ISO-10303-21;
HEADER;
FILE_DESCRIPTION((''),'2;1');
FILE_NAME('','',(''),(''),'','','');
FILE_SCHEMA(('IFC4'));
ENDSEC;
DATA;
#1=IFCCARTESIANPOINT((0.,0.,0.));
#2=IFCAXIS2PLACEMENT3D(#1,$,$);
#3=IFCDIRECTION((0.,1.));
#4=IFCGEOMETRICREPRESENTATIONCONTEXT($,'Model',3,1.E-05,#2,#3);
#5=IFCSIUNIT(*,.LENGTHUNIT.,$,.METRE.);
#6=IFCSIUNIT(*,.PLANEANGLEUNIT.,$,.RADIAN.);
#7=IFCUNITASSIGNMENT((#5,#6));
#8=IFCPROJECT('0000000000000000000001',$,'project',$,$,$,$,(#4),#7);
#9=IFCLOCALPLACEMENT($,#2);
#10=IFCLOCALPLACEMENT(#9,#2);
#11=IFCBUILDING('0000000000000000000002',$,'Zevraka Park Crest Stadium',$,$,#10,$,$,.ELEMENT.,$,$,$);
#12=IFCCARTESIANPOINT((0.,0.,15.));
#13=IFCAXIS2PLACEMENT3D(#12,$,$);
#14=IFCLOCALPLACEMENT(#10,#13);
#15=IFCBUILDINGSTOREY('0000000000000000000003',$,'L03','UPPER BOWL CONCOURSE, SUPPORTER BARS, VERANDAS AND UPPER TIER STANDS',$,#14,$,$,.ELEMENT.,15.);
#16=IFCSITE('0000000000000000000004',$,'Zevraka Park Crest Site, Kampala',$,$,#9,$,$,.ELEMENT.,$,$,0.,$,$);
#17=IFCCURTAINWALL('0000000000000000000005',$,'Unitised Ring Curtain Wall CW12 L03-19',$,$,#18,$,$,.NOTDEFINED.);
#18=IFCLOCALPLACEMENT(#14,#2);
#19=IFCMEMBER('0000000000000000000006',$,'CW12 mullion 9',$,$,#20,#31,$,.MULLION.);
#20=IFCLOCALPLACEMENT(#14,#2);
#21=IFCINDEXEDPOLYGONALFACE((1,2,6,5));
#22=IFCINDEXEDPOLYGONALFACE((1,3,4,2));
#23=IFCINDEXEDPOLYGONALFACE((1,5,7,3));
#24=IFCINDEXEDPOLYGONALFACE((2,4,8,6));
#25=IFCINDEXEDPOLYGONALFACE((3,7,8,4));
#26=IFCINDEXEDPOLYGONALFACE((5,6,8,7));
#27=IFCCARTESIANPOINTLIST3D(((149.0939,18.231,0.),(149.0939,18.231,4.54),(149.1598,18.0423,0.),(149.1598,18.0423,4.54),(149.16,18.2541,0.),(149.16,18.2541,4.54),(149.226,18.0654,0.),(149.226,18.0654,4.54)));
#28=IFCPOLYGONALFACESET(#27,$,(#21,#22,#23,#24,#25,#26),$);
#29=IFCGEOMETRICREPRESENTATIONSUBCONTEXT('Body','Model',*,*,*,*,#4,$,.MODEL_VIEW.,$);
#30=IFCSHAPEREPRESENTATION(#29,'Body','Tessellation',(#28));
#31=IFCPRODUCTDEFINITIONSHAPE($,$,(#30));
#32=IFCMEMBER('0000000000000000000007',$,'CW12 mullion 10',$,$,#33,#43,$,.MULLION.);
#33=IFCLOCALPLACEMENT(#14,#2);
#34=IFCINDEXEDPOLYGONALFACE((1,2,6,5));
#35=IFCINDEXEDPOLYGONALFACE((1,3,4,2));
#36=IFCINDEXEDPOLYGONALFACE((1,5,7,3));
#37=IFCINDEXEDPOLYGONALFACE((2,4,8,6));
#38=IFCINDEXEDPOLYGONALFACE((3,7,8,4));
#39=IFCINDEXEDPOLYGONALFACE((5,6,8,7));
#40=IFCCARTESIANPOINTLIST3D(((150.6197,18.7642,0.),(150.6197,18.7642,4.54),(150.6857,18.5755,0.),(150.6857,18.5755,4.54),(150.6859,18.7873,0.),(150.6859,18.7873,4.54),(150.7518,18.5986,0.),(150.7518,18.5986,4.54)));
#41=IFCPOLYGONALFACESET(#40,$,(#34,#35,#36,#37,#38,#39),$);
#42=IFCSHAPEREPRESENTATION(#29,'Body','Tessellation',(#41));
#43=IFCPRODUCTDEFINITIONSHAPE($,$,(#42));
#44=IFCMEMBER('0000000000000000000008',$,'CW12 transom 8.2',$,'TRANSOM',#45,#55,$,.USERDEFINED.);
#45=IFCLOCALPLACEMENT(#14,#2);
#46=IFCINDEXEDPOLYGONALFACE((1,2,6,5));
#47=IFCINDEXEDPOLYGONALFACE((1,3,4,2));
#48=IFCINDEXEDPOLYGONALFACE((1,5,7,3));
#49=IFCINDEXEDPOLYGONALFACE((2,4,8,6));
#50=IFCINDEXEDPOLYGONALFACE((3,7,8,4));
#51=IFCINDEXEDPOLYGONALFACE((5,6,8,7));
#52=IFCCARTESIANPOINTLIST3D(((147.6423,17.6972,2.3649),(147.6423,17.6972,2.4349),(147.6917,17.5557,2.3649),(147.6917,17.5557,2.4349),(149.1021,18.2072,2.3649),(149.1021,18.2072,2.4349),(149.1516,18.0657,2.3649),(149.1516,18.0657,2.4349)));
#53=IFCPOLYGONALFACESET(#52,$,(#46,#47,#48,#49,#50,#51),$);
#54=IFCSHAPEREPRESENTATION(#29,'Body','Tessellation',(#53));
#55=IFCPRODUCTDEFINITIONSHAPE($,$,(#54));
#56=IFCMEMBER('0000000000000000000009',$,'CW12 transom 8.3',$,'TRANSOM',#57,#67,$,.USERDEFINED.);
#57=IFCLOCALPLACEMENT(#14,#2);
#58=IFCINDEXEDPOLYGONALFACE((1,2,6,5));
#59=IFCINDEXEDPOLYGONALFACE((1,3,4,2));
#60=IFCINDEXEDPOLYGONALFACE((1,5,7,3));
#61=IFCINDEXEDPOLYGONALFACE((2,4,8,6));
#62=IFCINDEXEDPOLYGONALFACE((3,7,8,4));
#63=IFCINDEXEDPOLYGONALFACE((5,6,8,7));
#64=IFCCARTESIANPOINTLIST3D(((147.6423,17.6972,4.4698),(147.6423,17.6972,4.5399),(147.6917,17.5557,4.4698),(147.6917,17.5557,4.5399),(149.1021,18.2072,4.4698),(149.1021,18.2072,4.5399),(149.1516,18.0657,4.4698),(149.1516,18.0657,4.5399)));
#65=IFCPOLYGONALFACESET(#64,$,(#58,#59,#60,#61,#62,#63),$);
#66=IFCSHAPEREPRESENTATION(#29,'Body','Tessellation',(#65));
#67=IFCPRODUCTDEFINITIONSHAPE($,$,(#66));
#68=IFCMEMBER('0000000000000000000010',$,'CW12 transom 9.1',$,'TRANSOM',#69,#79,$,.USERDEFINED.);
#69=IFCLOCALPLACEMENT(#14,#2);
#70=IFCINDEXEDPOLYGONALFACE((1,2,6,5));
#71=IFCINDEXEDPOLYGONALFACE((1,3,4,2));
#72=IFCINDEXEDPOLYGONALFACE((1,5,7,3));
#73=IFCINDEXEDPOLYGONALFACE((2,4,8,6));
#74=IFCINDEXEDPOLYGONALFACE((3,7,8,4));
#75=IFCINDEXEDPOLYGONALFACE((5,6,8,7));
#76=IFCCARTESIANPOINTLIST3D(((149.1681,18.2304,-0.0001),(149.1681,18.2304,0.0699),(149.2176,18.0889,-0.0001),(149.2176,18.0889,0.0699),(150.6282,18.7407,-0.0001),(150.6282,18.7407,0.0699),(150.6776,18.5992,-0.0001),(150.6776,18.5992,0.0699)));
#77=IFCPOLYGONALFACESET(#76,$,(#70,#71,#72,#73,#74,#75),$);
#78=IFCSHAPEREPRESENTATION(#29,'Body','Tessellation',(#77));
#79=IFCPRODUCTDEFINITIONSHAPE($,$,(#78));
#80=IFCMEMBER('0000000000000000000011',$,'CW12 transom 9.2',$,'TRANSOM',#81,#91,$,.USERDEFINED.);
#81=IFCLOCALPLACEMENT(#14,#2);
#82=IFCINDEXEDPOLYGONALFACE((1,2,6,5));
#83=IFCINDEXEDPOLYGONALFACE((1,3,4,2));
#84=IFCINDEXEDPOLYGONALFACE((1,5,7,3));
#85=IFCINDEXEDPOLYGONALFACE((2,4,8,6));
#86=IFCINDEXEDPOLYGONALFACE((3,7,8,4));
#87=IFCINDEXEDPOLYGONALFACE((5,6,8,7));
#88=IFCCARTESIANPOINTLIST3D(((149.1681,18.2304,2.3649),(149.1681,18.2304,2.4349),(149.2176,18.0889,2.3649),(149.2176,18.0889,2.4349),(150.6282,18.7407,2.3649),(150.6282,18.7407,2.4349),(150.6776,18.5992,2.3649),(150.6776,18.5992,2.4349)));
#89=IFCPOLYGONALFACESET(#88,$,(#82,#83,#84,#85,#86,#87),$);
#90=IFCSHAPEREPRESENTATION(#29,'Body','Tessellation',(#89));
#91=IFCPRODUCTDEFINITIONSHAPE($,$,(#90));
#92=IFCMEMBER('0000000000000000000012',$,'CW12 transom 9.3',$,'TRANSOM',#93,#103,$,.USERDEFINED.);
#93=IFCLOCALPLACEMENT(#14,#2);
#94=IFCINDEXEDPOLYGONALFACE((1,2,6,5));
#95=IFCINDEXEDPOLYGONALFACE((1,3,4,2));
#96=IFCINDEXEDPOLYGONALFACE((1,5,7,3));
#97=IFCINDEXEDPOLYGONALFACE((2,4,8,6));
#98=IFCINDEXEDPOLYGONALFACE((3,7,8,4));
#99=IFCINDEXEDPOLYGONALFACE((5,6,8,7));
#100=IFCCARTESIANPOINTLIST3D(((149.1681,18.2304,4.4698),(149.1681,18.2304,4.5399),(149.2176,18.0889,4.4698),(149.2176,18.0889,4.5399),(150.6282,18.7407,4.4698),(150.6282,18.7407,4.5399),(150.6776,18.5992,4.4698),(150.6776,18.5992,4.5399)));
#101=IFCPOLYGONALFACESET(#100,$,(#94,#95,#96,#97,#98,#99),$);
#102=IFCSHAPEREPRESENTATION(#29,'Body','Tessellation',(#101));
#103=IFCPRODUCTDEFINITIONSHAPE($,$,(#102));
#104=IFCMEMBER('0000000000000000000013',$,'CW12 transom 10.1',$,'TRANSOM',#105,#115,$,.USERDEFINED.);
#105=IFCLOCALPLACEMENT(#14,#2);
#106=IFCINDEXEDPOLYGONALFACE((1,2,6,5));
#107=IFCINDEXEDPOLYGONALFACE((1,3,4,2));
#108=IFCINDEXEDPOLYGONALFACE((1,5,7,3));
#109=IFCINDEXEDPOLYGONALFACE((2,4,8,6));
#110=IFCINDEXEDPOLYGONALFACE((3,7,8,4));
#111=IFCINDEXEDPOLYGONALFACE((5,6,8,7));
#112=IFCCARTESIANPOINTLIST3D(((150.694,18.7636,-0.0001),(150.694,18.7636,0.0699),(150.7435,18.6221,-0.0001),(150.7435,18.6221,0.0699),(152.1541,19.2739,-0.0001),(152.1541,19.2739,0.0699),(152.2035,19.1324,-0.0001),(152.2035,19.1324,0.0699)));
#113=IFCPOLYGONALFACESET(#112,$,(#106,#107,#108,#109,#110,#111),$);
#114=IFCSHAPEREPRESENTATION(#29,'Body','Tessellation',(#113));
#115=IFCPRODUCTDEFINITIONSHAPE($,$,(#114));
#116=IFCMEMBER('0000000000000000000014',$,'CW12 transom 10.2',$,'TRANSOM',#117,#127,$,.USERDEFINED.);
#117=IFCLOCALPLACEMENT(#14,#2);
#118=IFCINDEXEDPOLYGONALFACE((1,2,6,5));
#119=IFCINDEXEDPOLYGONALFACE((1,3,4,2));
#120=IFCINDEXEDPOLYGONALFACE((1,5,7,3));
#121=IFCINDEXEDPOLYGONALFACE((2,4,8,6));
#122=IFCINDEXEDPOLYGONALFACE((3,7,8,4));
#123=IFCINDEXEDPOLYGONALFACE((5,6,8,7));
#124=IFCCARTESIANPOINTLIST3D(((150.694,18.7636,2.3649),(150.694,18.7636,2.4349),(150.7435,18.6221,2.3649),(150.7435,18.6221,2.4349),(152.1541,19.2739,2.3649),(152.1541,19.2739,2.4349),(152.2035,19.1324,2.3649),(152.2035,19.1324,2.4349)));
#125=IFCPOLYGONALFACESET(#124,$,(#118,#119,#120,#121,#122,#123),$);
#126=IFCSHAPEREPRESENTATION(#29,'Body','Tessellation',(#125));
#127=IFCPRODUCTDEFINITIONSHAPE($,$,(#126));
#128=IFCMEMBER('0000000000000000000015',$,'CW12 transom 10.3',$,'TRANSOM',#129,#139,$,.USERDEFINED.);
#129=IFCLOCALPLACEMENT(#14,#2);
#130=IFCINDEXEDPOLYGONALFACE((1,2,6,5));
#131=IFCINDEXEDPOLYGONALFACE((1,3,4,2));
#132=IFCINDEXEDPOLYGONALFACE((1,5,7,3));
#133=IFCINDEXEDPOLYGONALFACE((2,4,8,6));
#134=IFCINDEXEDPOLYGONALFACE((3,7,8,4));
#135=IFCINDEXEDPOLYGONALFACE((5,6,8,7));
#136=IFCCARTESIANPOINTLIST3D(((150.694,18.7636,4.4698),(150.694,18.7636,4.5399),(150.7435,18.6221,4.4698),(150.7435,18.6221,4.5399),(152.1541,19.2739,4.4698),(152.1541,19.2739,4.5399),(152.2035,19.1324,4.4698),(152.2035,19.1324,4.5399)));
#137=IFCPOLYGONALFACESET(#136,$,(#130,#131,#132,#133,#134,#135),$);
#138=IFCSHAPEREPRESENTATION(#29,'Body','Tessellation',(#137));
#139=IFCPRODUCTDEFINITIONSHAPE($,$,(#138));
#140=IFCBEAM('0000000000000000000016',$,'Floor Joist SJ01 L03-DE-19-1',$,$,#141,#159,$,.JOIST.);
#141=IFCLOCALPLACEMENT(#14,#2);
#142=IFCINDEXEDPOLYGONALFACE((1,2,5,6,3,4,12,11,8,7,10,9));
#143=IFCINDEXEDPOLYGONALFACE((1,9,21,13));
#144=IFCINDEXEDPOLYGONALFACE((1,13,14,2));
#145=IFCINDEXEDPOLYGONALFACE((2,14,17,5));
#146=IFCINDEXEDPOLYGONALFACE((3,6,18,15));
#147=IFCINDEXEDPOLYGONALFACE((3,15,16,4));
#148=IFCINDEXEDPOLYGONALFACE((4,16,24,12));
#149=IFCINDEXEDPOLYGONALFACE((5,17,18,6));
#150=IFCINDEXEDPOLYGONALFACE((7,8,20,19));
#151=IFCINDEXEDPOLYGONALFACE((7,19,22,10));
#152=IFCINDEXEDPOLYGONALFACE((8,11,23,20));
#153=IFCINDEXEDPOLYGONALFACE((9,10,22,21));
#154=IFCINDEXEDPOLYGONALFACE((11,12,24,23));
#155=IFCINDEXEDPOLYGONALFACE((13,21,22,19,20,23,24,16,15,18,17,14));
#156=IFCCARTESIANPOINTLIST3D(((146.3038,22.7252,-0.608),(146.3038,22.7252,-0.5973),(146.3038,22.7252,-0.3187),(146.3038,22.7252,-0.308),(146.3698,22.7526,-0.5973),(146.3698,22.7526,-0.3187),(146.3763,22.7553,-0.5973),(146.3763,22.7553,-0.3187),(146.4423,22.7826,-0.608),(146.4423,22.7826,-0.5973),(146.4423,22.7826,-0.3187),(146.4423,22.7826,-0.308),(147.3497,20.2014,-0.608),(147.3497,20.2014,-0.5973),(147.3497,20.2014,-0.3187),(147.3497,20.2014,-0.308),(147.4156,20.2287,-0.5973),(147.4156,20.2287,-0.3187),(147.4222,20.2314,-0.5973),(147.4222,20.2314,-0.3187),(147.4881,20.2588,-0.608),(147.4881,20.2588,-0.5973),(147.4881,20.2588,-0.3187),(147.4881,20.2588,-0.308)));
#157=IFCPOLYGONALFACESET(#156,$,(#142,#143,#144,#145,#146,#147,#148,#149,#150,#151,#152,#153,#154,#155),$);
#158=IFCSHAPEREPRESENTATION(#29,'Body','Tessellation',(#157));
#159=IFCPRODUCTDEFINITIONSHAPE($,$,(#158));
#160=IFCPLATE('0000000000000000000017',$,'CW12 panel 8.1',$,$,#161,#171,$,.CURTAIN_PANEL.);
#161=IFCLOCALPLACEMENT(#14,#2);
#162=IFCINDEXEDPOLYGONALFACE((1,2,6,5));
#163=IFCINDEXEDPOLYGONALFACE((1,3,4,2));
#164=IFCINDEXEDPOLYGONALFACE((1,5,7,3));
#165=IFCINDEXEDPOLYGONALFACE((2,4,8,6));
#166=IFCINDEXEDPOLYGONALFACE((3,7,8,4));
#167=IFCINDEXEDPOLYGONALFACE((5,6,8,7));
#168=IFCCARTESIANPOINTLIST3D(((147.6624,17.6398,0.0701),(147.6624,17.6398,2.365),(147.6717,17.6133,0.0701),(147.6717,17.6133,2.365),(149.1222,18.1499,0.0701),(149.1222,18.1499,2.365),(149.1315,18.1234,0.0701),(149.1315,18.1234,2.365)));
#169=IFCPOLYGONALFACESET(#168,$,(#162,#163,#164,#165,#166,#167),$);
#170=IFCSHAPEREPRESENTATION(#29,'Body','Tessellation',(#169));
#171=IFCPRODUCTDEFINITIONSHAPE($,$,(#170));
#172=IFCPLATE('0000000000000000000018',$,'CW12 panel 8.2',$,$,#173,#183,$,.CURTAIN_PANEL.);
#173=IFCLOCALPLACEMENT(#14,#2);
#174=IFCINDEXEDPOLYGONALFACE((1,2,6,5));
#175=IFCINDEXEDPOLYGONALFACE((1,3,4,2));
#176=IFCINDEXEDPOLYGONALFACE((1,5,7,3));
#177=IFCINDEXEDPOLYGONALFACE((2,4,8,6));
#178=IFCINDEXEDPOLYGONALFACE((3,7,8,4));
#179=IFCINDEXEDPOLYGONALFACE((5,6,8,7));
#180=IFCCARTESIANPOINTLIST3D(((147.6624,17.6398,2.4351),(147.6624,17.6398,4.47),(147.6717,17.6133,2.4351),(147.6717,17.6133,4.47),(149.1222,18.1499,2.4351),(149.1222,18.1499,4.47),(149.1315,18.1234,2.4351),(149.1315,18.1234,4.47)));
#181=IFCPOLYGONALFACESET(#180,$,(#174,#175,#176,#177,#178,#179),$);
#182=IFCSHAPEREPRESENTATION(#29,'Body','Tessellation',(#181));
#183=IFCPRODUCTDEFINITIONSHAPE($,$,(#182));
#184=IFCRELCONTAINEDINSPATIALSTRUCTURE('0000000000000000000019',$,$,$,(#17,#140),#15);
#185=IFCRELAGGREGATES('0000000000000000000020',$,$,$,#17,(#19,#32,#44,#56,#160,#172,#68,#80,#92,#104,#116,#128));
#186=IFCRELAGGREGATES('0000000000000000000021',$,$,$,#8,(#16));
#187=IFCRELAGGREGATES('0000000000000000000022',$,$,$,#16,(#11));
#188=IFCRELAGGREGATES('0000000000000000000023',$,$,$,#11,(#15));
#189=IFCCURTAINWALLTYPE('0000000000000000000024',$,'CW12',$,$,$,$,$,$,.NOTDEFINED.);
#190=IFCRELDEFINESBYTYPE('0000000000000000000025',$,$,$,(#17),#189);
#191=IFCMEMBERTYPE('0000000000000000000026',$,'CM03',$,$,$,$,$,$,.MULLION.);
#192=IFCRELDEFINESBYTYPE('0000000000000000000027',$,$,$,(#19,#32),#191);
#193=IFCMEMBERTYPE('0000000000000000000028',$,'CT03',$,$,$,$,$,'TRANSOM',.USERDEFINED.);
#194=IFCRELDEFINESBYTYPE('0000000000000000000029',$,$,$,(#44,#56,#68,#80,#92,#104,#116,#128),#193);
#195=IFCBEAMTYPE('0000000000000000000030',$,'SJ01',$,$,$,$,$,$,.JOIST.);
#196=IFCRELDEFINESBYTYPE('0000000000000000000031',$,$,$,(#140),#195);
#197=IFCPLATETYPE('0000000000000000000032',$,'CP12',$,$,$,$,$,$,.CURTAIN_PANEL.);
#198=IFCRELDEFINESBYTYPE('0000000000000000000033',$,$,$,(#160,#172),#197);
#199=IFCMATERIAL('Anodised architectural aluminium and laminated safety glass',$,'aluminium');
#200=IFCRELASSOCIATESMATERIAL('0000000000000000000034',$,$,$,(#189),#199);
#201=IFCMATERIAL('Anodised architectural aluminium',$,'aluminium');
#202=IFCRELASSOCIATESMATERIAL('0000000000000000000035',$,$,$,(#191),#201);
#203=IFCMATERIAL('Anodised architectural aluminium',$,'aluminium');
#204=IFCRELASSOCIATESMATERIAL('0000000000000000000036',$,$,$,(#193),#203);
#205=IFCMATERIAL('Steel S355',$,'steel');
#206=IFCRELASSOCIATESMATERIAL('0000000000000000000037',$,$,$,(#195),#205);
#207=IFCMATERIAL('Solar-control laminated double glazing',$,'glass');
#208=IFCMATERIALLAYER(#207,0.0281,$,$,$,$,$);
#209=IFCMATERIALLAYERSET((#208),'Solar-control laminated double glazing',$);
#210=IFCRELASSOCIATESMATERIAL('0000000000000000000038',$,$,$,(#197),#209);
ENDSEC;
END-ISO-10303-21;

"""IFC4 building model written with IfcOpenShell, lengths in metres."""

from ifc_helpers import new_model, si_unit, direction, frame, origin, origin_2d, place, context, subcontext, project, spatial, rectangle, i_section, extrude, material, layer, layer_set, material_profile, profile_set, type_object, element, aggregate, save


model = new_model("IFC4")

# Units and contexts
model_context = context("Model", 3, precision=1e-05, world=origin(), true_north=direction((0.0, 1.0)))
body_context = subcontext(model_context, "Body", "Model", "MODEL_VIEW")
ifc_project = project(units=[si_unit("LENGTHUNIT", "METRE"), si_unit("PLANEANGLEUNIT", "RADIAN")], contexts=[model_context])

# Site, building, storey
site_placement = place(None, origin())
site = spatial("IfcSite", under=ifc_project, at=site_placement, Name="Zevraka Park Crest Site, Kampala", CompositionType="ELEMENT", RefElevation=0.0)
building_placement = place(site_placement, origin())
building = spatial("IfcBuilding", under=site, at=building_placement, Name="Zevraka Park Crest Stadium", CompositionType="ELEMENT")
storey_placement = place(building_placement, frame((0.0, 0.0, 15.0)))
storey = spatial("IfcBuildingStorey", under=building, at=storey_placement, Name="L03", Description="UPPER BOWL CONCOURSE, SUPPORTER BARS, VERANDAS AND UPPER TIER STANDS", CompositionType="ELEMENT", Elevation=15.0)

# Curtain wall, members
ifc_material_1 = material(Name="Anodised architectural aluminium and laminated safety glass", Category="aluminium")
curtain_wall_type = type_object("IfcCurtainWallType", Name="CW12", PredefinedType="NOTDEFINED", material=ifc_material_1)
curtain_wall_placement = place(storey_placement, origin())
curtain_wall = element("IfcCurtainWall", 1, at=curtain_wall_placement, inside=storey, type_object=curtain_wall_type, Name="Unitised Ring Curtain Wall CW12 L03-19", PredefinedType="NOTDEFINED")
ifc_material_2 = material(Name="Anodised architectural aluminium", Category="aluminium")
ifc_material_profile_1 = material_profile(ifc_material_2, rectangle(XDim=0.2, YDim=0.0701, at=origin_2d()), Name="ALU MULLION 200x70")
ifc_profile_set_1 = profile_set([ifc_material_profile_1], Name="Anodised architectural aluminium")
member_type_1 = type_object("IfcMemberType", Name="CM03", PredefinedType="MULLION", material=ifc_profile_set_1)
member_1_placement = place(storey_placement, frame((149.1599, 18.1482, 0.0), z_axis=(0.0, 0.0, 1.0), x_axis=(-0.329917, 0.94401, 0.0)))
member_1 = element("IfcMember", 2, at=member_1_placement, type_object=member_type_1, Name="CW12 mullion 9", PredefinedType="MULLION", context=body_context, shape_type="SweptSolid", body=[
    extrude(rectangle(XDim=0.2, YDim=0.0701, at=origin_2d()), origin(), (0.0, 0.0, 1.0), 4.54),
])
member_2_placement = place(storey_placement, frame((150.6858, 18.6814, 0.0), z_axis=(0.0, 0.0, 1.0), x_axis=(-0.329917, 0.94401, 0.0)))
member_2 = element("IfcMember", 3, at=member_2_placement, type_object=member_type_1, Name="CW12 mullion 10", PredefinedType="MULLION", context=body_context, shape_type="SweptSolid", body=[
    extrude(rectangle(XDim=0.2, YDim=0.0701, at=origin_2d()), origin(), (0.0, 0.0, 1.0), 4.54),
])
ifc_material_3 = material(Name="Anodised architectural aluminium", Category="aluminium")
ifc_material_profile_2 = material_profile(ifc_material_3, rectangle(XDim=0.1499, YDim=0.0701, at=origin_2d()), Name="ALU TRANSOM 150x70")
ifc_profile_set_2 = profile_set([ifc_material_profile_2], Name="Anodised architectural aluminium")
member_type_2 = type_object("IfcMemberType", Name="CT03", ElementType="TRANSOM", PredefinedType="USERDEFINED", material=ifc_profile_set_2)
member_3_placement = place(storey_placement, frame((147.667, 17.6265, 2.3999), z_axis=(0.944055, 0.329788, 0.0), x_axis=(-0.329788, 0.944055, 0.0)))
member_3 = element("IfcMember", 4, at=member_3_placement, type_object=member_type_2, Name="CW12 transom 8.2", ObjectType="TRANSOM", PredefinedType="USERDEFINED", context=body_context, shape_type="SweptSolid", body=[
    extrude(rectangle(XDim=0.1499, YDim=0.0701, at=origin_2d()), origin(), (0.0, 0.0, 1.0), 1.5464),
])
member_4_placement = place(storey_placement, frame((147.667, 17.6265, 4.5049), z_axis=(0.944055, 0.329788, 0.0), x_axis=(-0.329788, 0.944055, 0.0)))
member_4 = element("IfcMember", 5, at=member_4_placement, type_object=member_type_2, Name="CW12 transom 8.3", ObjectType="TRANSOM", PredefinedType="USERDEFINED", context=body_context, shape_type="SweptSolid", body=[
    extrude(rectangle(XDim=0.1499, YDim=0.0701, at=origin_2d()), origin(), (0.0, 0.0, 1.0), 1.5464),
])
member_5_placement = place(storey_placement, frame((149.1929, 18.1597, 0.0349), z_axis=(0.944006, 0.329928, 0.0), x_axis=(-0.329928, 0.944006, 0.0)))
member_5 = element("IfcMember", 6, at=member_5_placement, type_object=member_type_2, Name="CW12 transom 9.1", ObjectType="TRANSOM", PredefinedType="USERDEFINED", context=body_context, shape_type="SweptSolid", body=[
    extrude(rectangle(XDim=0.1499, YDim=0.0701, at=origin_2d()), origin(), (0.0, 0.0, 1.0), 1.5466),
])
member_6_placement = place(storey_placement, frame((149.1929, 18.1597, 2.3999), z_axis=(0.944006, 0.329928, 0.0), x_axis=(-0.329928, 0.944006, 0.0)))
member_6 = element("IfcMember", 7, at=member_6_placement, type_object=member_type_2, Name="CW12 transom 9.2", ObjectType="TRANSOM", PredefinedType="USERDEFINED", context=body_context, shape_type="SweptSolid", body=[
    extrude(rectangle(XDim=0.1499, YDim=0.0701, at=origin_2d()), origin(), (0.0, 0.0, 1.0), 1.5466),
])
member_7_placement = place(storey_placement, frame((149.1929, 18.1597, 4.5049), z_axis=(0.944006, 0.329928, 0.0), x_axis=(-0.329928, 0.944006, 0.0)))
member_7 = element("IfcMember", 8, at=member_7_placement, type_object=member_type_2, Name="CW12 transom 9.3", ObjectType="TRANSOM", PredefinedType="USERDEFINED", context=body_context, shape_type="SweptSolid", body=[
    extrude(rectangle(XDim=0.1499, YDim=0.0701, at=origin_2d()), origin(), (0.0, 0.0, 1.0), 1.5466),
])
member_8_placement = place(storey_placement, frame((150.7188, 18.6929, 0.0349), z_axis=(0.944006, 0.329928, 0.0), x_axis=(-0.329928, 0.944006, 0.0)))
member_8 = element("IfcMember", 9, at=member_8_placement, type_object=member_type_2, Name="CW12 transom 10.1", ObjectType="TRANSOM", PredefinedType="USERDEFINED", context=body_context, shape_type="SweptSolid", body=[
    extrude(rectangle(XDim=0.1499, YDim=0.0701, at=origin_2d()), origin(), (0.0, 0.0, 1.0), 1.5466),
])
member_9_placement = place(storey_placement, frame((150.7188, 18.6929, 2.3999), z_axis=(0.944006, 0.329928, 0.0), x_axis=(-0.329928, 0.944006, 0.0)))
member_9 = element("IfcMember", 10, at=member_9_placement, type_object=member_type_2, Name="CW12 transom 10.2", ObjectType="TRANSOM", PredefinedType="USERDEFINED", context=body_context, shape_type="SweptSolid", body=[
    extrude(rectangle(XDim=0.1499, YDim=0.0701, at=origin_2d()), origin(), (0.0, 0.0, 1.0), 1.5466),
])
member_10_placement = place(storey_placement, frame((150.7188, 18.6929, 4.5049), z_axis=(0.944006, 0.329928, 0.0), x_axis=(-0.329928, 0.944006, 0.0)))
member_10 = element("IfcMember", 11, at=member_10_placement, type_object=member_type_2, Name="CW12 transom 10.3", ObjectType="TRANSOM", PredefinedType="USERDEFINED", context=body_context, shape_type="SweptSolid", body=[
    extrude(rectangle(XDim=0.1499, YDim=0.0701, at=origin_2d()), origin(), (0.0, 0.0, 1.0), 1.5466),
])

# Beam
ifc_material_4 = material(Name="Steel S355", Category="steel")
ifc_material_profile_3 = material_profile(ifc_material_4, i_section(OverallWidth=0.1499, OverallDepth=0.3, WebThickness=0.0071, FlangeThickness=0.0107, at=origin_2d()), Name="IPE 300")
ifc_profile_set_3 = profile_set([ifc_material_profile_3], Name="Steel S355")
beam_type = type_object("IfcBeamType", Name="SJ01", PredefinedType="JOIST", material=ifc_profile_set_3)
beam_placement = place(storey_placement, frame((146.373, 22.7539, -0.458), z_axis=(0.382825, -0.923821, 0.0), x_axis=(0.923821, 0.382825, 0.0)))
element("IfcBeam", 12, at=beam_placement, inside=storey, type_object=beam_type, Name="Floor Joist SJ01 L03-DE-19-1", PredefinedType="JOIST", context=body_context, shape_type="SweptSolid", body=[
    extrude(i_section(OverallWidth=0.1499, OverallDepth=0.3, WebThickness=0.0071, FlangeThickness=0.0107, at=origin_2d()), origin(), (0.0, 0.0, 1.0), 2.7319),
])

# Plates
ifc_material_5 = material(Name="Solar-control laminated double glazing", Category="glass")
ifc_layer_1 = layer(ifc_material_5, 0.0281)
ifc_layer_set_1 = layer_set([ifc_layer_1], Name="Solar-control laminated double glazing")
plate_type = type_object("IfcPlateType", Name="CP12", PredefinedType="CURTAIN_PANEL", material=ifc_layer_set_1)
plate_1_placement = place(storey_placement, frame((148.397, 17.8816, 0.0701), z_axis=(0.0, 0.0, 1.0), x_axis=(0.94401, 0.329917, 0.0)))
plate_1 = element("IfcPlate", 13, at=plate_1_placement, type_object=plate_type, Name="CW12 panel 8.1", PredefinedType="CURTAIN_PANEL", context=body_context, shape_type="SweptSolid", body=[
    extrude(rectangle(XDim=1.5464, YDim=0.0281, at=origin_2d()), origin(), (0.0, 0.0, 1.0), 2.2949),
])
plate_2_placement = place(storey_placement, frame((148.397, 17.8816, 2.4351), z_axis=(0.0, 0.0, 1.0), x_axis=(0.94401, 0.329917, 0.0)))
plate_2 = element("IfcPlate", 14, at=plate_2_placement, type_object=plate_type, Name="CW12 panel 8.2", PredefinedType="CURTAIN_PANEL", context=body_context, shape_type="SweptSolid", body=[
    extrude(rectangle(XDim=1.5464, YDim=0.0281, at=origin_2d()), origin(), (0.0, 0.0, 1.0), 2.0349),
])
aggregate(curtain_wall, [member_1, member_2, member_3, member_4, plate_1, plate_2, member_5, member_6, member_7, member_8, member_9, member_10])

save(model, "model.ifc")
